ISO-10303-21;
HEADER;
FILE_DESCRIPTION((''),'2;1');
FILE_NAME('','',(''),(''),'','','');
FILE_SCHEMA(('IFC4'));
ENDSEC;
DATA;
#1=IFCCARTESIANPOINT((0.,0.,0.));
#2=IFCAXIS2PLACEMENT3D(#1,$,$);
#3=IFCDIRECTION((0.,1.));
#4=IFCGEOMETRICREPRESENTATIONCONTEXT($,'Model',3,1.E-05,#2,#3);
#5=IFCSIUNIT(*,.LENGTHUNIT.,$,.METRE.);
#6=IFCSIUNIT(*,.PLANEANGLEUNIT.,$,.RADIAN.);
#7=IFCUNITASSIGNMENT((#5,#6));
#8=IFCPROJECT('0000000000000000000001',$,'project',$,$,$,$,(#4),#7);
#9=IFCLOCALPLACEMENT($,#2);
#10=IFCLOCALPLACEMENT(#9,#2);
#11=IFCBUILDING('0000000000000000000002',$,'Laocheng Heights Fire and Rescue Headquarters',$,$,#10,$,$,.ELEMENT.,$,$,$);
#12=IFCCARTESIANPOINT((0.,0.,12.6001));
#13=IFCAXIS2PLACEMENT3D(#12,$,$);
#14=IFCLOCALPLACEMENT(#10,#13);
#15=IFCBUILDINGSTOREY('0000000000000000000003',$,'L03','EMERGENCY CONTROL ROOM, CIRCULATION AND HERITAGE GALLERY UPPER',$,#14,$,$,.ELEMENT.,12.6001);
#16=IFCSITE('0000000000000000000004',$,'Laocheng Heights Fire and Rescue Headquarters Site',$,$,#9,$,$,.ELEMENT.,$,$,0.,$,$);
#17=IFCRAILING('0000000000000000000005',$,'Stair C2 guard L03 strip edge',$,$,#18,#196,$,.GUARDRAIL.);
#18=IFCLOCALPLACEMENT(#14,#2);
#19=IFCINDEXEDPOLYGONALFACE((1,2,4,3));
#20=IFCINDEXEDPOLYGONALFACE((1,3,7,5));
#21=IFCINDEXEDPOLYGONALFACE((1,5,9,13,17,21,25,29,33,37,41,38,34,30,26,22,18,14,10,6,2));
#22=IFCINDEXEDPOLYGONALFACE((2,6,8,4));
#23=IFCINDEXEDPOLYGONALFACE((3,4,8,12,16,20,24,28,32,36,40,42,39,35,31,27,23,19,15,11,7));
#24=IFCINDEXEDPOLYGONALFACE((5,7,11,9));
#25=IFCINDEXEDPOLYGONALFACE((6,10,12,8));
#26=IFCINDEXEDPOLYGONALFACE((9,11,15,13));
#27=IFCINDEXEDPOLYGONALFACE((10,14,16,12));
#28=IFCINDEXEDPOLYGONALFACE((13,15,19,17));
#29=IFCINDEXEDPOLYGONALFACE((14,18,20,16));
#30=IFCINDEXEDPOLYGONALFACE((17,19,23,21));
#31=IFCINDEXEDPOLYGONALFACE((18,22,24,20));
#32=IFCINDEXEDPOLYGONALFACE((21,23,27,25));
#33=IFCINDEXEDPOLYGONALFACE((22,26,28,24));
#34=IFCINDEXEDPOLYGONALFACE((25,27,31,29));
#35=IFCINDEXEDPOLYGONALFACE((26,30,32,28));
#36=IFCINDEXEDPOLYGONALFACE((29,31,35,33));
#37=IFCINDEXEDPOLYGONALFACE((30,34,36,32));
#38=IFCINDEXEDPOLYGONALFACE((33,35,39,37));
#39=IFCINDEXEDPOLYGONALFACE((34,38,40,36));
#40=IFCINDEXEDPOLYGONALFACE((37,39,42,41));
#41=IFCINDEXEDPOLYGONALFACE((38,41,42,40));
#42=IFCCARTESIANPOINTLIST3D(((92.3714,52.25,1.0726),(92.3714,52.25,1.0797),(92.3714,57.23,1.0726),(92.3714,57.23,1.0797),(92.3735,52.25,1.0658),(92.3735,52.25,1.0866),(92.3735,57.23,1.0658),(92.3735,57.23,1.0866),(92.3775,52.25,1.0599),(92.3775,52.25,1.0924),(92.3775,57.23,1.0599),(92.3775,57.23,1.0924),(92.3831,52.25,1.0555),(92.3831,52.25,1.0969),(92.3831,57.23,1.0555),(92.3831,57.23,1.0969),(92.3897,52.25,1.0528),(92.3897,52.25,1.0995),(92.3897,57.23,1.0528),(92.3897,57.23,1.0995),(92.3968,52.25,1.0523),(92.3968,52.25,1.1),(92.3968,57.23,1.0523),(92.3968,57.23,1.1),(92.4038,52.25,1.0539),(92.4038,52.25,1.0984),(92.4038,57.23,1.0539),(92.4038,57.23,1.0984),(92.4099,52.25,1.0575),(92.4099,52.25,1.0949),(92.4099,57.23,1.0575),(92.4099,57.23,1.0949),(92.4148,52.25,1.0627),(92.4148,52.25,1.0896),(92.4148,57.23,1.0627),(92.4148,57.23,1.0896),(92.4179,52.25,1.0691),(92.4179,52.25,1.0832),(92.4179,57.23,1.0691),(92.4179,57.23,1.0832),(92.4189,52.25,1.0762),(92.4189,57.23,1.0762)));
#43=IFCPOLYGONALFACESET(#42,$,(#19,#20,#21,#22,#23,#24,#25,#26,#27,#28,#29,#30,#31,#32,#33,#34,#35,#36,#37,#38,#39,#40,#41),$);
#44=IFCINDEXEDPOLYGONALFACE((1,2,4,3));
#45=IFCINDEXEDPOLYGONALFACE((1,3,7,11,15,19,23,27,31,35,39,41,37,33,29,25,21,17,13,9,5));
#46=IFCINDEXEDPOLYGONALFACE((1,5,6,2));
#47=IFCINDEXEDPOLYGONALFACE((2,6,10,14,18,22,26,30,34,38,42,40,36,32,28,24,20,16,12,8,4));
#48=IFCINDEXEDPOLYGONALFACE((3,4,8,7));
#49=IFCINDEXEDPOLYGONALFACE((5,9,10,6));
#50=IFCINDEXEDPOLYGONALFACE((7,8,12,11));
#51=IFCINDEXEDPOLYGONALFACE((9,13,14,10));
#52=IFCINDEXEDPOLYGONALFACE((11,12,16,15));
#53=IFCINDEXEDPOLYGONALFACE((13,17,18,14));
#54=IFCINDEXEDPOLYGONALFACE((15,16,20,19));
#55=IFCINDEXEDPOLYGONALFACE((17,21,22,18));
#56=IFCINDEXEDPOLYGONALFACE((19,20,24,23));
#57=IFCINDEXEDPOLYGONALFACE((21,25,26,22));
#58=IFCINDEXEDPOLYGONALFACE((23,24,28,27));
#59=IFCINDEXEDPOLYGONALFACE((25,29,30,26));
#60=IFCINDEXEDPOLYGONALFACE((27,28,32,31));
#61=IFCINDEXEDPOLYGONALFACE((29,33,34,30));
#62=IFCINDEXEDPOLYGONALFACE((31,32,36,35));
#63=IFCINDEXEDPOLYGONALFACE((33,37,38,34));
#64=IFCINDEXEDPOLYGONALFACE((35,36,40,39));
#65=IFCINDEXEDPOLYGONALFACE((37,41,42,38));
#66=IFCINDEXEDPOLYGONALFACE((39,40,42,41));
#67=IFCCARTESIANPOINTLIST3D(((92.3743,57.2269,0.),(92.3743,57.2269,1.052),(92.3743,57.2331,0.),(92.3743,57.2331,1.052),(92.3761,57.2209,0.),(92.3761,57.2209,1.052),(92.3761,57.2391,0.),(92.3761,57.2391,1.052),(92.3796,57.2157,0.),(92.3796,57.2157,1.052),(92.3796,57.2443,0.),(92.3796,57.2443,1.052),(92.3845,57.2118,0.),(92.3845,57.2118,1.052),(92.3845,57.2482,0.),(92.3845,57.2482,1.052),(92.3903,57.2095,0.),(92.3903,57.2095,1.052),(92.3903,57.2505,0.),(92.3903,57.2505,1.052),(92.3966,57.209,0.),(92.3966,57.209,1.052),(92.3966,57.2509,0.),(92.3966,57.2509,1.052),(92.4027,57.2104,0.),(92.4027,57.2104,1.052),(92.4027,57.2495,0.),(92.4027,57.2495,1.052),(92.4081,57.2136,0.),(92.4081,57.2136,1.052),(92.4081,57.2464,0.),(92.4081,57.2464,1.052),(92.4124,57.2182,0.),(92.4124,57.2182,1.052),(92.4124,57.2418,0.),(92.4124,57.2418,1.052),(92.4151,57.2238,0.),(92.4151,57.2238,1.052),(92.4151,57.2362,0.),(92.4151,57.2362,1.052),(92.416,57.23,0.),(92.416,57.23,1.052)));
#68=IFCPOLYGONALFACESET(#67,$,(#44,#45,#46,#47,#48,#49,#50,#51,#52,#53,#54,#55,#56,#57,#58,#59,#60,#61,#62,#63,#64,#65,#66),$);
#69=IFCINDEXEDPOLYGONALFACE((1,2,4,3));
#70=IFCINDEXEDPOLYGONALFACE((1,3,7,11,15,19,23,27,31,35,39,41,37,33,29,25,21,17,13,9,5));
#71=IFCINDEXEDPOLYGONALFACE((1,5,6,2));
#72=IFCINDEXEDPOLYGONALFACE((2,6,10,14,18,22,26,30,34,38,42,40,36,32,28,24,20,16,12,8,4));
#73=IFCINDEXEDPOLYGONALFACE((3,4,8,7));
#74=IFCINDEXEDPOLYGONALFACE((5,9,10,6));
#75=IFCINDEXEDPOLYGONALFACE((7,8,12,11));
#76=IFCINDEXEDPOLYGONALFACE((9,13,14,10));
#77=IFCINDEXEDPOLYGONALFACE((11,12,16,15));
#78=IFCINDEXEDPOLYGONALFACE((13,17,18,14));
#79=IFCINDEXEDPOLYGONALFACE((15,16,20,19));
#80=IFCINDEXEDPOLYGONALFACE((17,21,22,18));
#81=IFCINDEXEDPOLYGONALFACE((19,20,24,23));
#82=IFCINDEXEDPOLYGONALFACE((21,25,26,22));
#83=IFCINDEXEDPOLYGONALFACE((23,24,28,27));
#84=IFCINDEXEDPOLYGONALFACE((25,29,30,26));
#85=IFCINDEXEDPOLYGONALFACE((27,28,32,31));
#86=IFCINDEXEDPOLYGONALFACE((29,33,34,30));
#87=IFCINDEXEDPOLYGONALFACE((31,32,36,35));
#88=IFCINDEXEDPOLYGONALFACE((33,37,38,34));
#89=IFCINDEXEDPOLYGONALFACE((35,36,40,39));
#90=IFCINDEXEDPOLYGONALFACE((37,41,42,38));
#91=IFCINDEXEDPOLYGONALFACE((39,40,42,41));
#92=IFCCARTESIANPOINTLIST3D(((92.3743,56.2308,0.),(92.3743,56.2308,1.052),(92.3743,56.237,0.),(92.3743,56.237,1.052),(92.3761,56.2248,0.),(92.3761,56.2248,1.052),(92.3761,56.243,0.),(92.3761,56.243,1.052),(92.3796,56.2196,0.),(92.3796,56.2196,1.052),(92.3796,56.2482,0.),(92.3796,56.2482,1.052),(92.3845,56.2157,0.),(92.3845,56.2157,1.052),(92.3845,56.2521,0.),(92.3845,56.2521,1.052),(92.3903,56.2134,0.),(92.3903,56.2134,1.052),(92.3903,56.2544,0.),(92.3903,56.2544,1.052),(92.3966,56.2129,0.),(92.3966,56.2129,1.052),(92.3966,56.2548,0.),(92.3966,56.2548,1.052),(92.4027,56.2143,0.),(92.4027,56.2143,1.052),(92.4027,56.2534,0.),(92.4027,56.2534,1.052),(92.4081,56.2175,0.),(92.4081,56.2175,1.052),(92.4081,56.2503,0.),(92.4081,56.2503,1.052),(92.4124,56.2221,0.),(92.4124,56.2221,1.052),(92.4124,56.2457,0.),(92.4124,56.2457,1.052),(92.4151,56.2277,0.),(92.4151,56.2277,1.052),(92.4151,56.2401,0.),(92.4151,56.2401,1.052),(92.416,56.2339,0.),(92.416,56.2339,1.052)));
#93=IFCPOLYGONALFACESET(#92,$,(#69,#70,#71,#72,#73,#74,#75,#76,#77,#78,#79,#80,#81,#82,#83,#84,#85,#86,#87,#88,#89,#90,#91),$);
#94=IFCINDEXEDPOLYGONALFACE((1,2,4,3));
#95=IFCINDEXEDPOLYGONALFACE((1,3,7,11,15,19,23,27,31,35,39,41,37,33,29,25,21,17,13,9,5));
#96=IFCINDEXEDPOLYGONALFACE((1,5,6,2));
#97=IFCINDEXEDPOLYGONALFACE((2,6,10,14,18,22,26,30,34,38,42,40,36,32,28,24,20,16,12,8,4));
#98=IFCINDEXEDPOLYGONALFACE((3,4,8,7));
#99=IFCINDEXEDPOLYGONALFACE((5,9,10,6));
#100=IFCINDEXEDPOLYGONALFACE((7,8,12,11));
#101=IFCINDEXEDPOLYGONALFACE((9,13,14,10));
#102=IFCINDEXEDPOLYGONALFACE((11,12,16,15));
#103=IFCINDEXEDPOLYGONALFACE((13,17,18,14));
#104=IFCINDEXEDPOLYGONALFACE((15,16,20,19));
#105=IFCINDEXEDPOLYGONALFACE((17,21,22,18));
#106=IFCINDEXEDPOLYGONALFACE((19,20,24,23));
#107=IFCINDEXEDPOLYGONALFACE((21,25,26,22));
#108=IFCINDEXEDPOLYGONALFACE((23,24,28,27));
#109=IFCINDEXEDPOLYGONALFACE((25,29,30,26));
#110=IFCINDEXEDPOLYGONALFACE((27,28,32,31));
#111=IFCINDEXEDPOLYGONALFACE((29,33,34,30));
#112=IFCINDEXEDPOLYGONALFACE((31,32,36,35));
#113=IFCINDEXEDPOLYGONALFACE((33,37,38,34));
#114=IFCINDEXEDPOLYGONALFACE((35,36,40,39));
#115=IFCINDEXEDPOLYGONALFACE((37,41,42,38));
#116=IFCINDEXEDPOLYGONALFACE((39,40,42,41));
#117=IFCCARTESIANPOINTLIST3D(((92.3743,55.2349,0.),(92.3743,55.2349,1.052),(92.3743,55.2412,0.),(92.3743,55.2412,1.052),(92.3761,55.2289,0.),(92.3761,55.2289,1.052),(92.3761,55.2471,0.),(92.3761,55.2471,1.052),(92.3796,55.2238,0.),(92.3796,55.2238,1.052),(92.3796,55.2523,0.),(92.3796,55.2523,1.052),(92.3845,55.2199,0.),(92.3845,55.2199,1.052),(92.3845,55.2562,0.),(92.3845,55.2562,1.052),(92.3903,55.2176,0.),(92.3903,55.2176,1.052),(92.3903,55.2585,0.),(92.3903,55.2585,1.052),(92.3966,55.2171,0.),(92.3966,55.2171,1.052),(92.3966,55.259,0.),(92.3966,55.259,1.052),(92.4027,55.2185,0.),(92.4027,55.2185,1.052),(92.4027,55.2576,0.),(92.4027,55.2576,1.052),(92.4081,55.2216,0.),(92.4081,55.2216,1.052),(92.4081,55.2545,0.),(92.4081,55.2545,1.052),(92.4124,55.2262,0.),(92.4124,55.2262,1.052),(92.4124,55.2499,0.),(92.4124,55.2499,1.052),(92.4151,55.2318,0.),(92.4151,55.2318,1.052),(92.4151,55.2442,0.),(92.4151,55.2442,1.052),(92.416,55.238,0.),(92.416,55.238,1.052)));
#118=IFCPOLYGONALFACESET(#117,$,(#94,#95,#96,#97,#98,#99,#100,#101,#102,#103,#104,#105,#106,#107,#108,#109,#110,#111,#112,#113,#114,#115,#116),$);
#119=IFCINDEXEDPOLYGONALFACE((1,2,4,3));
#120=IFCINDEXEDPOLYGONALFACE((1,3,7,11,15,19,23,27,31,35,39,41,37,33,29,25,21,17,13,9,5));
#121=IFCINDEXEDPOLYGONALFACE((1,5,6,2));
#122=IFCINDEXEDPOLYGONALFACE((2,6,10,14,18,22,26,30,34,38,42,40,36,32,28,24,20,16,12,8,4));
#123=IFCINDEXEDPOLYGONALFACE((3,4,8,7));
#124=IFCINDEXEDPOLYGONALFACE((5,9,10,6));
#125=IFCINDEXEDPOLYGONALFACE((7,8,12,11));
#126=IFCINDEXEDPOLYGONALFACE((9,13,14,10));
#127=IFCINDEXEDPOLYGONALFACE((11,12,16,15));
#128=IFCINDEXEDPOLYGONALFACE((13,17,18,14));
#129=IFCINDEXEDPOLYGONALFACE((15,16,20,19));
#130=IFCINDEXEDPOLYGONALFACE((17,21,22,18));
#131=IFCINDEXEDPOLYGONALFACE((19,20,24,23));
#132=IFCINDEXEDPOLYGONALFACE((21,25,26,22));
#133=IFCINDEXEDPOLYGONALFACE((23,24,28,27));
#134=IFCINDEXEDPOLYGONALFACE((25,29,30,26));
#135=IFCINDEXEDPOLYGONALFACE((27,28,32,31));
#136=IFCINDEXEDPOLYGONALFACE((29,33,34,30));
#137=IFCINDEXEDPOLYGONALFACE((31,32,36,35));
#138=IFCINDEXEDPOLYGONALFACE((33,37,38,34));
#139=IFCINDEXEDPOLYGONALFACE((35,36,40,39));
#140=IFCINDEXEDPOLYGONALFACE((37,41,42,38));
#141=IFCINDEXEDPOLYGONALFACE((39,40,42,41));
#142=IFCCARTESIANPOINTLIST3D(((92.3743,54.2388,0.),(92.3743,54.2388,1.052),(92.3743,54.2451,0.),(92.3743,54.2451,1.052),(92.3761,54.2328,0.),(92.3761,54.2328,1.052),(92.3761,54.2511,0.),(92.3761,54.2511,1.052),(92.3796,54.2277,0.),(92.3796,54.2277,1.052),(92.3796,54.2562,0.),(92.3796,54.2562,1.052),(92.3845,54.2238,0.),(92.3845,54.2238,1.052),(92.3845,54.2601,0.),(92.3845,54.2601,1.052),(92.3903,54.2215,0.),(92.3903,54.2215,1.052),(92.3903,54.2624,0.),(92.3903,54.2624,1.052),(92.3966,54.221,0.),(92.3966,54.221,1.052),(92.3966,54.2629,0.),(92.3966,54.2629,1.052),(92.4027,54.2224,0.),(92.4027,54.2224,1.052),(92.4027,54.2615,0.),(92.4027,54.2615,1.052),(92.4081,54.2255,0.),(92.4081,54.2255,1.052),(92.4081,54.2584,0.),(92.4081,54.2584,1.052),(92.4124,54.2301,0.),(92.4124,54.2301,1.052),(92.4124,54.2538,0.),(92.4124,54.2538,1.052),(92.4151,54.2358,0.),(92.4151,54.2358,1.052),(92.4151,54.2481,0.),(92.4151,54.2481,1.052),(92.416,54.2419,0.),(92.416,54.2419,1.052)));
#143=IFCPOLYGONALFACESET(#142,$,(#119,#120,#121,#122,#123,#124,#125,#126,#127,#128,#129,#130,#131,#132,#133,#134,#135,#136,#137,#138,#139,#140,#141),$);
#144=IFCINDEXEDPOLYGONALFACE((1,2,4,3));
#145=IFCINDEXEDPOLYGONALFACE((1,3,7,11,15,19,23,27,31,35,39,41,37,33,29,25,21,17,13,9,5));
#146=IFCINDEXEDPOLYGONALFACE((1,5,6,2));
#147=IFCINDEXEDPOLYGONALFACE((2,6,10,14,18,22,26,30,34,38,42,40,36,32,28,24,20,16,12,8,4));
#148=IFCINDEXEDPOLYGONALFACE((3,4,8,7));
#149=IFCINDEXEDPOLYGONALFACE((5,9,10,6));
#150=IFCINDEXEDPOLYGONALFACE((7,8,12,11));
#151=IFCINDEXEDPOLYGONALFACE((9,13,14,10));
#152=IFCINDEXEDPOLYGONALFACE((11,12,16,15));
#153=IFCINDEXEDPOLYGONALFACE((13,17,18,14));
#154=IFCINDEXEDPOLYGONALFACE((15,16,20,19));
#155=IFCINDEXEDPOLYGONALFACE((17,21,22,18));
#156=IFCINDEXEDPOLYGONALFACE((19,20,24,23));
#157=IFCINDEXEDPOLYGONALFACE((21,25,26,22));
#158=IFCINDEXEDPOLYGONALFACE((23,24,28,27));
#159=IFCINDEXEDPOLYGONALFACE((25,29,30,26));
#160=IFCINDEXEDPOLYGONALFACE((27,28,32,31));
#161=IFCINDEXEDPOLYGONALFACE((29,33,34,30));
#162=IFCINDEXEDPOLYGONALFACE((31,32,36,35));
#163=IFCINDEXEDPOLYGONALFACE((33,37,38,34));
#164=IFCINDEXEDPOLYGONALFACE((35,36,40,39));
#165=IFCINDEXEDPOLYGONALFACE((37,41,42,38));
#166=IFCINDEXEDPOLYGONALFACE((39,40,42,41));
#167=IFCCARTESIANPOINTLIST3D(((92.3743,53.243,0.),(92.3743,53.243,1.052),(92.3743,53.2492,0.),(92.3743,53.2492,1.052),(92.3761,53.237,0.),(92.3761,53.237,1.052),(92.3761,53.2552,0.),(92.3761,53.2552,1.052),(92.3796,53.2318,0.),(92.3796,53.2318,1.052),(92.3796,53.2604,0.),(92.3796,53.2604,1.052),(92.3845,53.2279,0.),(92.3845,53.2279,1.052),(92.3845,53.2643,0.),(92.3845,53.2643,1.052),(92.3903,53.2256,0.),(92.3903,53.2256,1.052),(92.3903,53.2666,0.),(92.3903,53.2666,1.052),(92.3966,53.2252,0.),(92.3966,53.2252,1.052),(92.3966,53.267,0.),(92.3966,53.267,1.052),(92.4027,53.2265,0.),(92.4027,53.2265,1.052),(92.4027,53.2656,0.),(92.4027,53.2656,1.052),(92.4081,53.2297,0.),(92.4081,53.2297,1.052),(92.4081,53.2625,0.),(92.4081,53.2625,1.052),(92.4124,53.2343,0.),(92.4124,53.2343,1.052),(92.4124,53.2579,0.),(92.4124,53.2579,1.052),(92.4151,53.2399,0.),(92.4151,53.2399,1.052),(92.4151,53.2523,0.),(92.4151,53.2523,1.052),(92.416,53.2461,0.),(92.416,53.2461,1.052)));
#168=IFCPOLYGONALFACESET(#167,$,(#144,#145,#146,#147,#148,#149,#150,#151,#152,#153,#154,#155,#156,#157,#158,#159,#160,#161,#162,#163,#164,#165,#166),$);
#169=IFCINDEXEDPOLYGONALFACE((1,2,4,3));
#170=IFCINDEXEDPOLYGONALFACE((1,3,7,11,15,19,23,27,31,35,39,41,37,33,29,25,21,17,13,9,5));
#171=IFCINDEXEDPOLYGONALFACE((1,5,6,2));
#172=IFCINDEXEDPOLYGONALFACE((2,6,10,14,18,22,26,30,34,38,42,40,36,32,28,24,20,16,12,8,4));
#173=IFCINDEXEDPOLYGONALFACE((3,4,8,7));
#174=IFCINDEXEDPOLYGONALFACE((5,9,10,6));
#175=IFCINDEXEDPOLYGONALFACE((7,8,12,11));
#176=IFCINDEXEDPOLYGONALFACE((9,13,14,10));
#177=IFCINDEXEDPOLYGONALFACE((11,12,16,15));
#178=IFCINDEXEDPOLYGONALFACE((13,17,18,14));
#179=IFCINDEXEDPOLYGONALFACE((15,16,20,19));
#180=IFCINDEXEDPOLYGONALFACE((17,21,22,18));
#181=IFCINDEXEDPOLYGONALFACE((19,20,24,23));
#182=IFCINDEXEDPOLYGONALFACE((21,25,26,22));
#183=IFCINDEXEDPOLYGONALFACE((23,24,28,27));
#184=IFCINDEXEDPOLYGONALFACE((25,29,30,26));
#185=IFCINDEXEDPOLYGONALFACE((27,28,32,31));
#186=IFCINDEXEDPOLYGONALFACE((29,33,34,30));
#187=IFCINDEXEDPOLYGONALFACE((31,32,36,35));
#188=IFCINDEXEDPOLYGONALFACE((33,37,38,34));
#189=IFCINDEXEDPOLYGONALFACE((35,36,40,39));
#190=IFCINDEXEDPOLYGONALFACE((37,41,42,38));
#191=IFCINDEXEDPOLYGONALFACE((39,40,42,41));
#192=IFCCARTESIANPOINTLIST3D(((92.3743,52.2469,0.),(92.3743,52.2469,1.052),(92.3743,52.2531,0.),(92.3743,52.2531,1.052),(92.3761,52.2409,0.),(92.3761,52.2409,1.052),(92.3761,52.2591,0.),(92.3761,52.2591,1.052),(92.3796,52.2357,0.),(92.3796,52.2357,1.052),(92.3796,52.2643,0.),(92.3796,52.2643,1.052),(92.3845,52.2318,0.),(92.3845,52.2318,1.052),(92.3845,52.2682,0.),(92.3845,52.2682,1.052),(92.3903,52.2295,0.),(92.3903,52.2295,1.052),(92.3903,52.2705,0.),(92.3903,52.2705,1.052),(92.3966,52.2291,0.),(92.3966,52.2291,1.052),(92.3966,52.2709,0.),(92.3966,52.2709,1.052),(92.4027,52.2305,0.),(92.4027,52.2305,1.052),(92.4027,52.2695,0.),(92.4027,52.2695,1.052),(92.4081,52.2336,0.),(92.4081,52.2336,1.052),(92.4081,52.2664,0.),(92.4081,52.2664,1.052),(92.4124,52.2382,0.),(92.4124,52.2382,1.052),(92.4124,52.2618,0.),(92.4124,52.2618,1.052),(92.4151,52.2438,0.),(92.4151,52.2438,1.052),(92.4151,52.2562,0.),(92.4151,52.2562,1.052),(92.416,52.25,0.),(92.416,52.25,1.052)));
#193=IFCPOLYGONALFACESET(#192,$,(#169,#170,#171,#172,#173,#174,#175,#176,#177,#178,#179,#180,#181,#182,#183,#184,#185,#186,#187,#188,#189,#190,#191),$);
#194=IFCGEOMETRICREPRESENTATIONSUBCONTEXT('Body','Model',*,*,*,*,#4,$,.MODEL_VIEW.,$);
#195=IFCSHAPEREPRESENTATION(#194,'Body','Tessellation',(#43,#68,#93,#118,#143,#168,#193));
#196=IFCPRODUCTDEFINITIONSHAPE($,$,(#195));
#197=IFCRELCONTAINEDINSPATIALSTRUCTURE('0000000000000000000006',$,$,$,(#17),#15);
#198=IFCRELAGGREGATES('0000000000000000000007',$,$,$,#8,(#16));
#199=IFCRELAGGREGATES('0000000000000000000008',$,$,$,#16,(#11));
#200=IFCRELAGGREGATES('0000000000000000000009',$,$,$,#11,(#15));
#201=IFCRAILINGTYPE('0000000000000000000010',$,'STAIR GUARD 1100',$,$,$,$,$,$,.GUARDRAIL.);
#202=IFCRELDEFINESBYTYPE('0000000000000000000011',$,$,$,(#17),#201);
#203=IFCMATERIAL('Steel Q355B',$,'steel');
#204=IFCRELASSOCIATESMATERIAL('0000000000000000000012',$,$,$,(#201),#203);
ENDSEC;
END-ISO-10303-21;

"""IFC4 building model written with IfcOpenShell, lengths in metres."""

from ifc_helpers import new_model, si_unit, direction, frame, origin, origin_2d, place, context, subcontext, project, spatial, circle, extrude, material, type_object, element, save


model = new_model("IFC4")

# Units and contexts
model_context = context("Model", 3, precision=1e-05, world=origin(), true_north=direction((0.0, 1.0)))
body_context = subcontext(model_context, "Body", "Model", "MODEL_VIEW")
ifc_project = project(units=[si_unit("LENGTHUNIT", "METRE"), si_unit("PLANEANGLEUNIT", "RADIAN")], contexts=[model_context])

# Site, building, storey
site_placement = place(None, origin())
site = spatial("IfcSite", under=ifc_project, at=site_placement, Name="Laocheng Heights Fire and Rescue Headquarters Site", CompositionType="ELEMENT", RefElevation=0.0)
building_placement = place(site_placement, origin())
building = spatial("IfcBuilding", under=site, at=building_placement, Name="Laocheng Heights Fire and Rescue Headquarters", CompositionType="ELEMENT")
storey_placement = place(building_placement, frame((0.0, 0.0, 12.6001)))
storey = spatial("IfcBuildingStorey", under=building, at=storey_placement, Name="L03", Description="EMERGENCY CONTROL ROOM, CIRCULATION AND HERITAGE GALLERY UPPER", CompositionType="ELEMENT", Elevation=12.6001)

# Railing
ifc_material_1 = material(Name="Steel Q355B", Category="steel")
railing_type_1 = type_object("IfcRailingType", Name="STAIR GUARD 1100", PredefinedType="GUARDRAIL", material=ifc_material_1)
railing_1_placement = place(storey_placement, frame((92.395, 57.23, 0.0)))
element("IfcRailing", 1, at=railing_1_placement, inside=storey, type_object=railing_type_1, Name="Stair C2 guard L03 strip edge", PredefinedType="GUARDRAIL", context=body_context, shape_type="SweptSolid", body=[
    extrude(circle(Radius=0.0239, at=origin_2d()), frame((0.0, 0.0, 1.0762), z_axis=(0.0, -1.0, 0.0), x_axis=(1.0, 0.0, 0.0)), (0.0, 0.0, 1.0), 4.98),
    extrude(circle(Radius=0.021, at=origin_2d()), origin(), (0.0, 0.0, 1.0), 1.052),
    extrude(circle(Radius=0.021, at=origin_2d()), frame((0.0, -0.9961, 0.0)), (0.0, 0.0, 1.0), 1.052),
    extrude(circle(Radius=0.021, at=origin_2d()), frame((0.0, -1.9919, 0.0)), (0.0, 0.0, 1.0), 1.052),
    extrude(circle(Radius=0.021, at=origin_2d()), frame((0.0, -2.988, 0.0)), (0.0, 0.0, 1.0), 1.052),
    extrude(circle(Radius=0.021, at=origin_2d()), frame((0.0, -3.9839, 0.0)), (0.0, 0.0, 1.0), 1.052),
    extrude(circle(Radius=0.021, at=origin_2d()), frame((0.0, -4.98, 0.0)), (0.0, 0.0, 1.0), 1.052),
])

save(model, "model.ifc")
